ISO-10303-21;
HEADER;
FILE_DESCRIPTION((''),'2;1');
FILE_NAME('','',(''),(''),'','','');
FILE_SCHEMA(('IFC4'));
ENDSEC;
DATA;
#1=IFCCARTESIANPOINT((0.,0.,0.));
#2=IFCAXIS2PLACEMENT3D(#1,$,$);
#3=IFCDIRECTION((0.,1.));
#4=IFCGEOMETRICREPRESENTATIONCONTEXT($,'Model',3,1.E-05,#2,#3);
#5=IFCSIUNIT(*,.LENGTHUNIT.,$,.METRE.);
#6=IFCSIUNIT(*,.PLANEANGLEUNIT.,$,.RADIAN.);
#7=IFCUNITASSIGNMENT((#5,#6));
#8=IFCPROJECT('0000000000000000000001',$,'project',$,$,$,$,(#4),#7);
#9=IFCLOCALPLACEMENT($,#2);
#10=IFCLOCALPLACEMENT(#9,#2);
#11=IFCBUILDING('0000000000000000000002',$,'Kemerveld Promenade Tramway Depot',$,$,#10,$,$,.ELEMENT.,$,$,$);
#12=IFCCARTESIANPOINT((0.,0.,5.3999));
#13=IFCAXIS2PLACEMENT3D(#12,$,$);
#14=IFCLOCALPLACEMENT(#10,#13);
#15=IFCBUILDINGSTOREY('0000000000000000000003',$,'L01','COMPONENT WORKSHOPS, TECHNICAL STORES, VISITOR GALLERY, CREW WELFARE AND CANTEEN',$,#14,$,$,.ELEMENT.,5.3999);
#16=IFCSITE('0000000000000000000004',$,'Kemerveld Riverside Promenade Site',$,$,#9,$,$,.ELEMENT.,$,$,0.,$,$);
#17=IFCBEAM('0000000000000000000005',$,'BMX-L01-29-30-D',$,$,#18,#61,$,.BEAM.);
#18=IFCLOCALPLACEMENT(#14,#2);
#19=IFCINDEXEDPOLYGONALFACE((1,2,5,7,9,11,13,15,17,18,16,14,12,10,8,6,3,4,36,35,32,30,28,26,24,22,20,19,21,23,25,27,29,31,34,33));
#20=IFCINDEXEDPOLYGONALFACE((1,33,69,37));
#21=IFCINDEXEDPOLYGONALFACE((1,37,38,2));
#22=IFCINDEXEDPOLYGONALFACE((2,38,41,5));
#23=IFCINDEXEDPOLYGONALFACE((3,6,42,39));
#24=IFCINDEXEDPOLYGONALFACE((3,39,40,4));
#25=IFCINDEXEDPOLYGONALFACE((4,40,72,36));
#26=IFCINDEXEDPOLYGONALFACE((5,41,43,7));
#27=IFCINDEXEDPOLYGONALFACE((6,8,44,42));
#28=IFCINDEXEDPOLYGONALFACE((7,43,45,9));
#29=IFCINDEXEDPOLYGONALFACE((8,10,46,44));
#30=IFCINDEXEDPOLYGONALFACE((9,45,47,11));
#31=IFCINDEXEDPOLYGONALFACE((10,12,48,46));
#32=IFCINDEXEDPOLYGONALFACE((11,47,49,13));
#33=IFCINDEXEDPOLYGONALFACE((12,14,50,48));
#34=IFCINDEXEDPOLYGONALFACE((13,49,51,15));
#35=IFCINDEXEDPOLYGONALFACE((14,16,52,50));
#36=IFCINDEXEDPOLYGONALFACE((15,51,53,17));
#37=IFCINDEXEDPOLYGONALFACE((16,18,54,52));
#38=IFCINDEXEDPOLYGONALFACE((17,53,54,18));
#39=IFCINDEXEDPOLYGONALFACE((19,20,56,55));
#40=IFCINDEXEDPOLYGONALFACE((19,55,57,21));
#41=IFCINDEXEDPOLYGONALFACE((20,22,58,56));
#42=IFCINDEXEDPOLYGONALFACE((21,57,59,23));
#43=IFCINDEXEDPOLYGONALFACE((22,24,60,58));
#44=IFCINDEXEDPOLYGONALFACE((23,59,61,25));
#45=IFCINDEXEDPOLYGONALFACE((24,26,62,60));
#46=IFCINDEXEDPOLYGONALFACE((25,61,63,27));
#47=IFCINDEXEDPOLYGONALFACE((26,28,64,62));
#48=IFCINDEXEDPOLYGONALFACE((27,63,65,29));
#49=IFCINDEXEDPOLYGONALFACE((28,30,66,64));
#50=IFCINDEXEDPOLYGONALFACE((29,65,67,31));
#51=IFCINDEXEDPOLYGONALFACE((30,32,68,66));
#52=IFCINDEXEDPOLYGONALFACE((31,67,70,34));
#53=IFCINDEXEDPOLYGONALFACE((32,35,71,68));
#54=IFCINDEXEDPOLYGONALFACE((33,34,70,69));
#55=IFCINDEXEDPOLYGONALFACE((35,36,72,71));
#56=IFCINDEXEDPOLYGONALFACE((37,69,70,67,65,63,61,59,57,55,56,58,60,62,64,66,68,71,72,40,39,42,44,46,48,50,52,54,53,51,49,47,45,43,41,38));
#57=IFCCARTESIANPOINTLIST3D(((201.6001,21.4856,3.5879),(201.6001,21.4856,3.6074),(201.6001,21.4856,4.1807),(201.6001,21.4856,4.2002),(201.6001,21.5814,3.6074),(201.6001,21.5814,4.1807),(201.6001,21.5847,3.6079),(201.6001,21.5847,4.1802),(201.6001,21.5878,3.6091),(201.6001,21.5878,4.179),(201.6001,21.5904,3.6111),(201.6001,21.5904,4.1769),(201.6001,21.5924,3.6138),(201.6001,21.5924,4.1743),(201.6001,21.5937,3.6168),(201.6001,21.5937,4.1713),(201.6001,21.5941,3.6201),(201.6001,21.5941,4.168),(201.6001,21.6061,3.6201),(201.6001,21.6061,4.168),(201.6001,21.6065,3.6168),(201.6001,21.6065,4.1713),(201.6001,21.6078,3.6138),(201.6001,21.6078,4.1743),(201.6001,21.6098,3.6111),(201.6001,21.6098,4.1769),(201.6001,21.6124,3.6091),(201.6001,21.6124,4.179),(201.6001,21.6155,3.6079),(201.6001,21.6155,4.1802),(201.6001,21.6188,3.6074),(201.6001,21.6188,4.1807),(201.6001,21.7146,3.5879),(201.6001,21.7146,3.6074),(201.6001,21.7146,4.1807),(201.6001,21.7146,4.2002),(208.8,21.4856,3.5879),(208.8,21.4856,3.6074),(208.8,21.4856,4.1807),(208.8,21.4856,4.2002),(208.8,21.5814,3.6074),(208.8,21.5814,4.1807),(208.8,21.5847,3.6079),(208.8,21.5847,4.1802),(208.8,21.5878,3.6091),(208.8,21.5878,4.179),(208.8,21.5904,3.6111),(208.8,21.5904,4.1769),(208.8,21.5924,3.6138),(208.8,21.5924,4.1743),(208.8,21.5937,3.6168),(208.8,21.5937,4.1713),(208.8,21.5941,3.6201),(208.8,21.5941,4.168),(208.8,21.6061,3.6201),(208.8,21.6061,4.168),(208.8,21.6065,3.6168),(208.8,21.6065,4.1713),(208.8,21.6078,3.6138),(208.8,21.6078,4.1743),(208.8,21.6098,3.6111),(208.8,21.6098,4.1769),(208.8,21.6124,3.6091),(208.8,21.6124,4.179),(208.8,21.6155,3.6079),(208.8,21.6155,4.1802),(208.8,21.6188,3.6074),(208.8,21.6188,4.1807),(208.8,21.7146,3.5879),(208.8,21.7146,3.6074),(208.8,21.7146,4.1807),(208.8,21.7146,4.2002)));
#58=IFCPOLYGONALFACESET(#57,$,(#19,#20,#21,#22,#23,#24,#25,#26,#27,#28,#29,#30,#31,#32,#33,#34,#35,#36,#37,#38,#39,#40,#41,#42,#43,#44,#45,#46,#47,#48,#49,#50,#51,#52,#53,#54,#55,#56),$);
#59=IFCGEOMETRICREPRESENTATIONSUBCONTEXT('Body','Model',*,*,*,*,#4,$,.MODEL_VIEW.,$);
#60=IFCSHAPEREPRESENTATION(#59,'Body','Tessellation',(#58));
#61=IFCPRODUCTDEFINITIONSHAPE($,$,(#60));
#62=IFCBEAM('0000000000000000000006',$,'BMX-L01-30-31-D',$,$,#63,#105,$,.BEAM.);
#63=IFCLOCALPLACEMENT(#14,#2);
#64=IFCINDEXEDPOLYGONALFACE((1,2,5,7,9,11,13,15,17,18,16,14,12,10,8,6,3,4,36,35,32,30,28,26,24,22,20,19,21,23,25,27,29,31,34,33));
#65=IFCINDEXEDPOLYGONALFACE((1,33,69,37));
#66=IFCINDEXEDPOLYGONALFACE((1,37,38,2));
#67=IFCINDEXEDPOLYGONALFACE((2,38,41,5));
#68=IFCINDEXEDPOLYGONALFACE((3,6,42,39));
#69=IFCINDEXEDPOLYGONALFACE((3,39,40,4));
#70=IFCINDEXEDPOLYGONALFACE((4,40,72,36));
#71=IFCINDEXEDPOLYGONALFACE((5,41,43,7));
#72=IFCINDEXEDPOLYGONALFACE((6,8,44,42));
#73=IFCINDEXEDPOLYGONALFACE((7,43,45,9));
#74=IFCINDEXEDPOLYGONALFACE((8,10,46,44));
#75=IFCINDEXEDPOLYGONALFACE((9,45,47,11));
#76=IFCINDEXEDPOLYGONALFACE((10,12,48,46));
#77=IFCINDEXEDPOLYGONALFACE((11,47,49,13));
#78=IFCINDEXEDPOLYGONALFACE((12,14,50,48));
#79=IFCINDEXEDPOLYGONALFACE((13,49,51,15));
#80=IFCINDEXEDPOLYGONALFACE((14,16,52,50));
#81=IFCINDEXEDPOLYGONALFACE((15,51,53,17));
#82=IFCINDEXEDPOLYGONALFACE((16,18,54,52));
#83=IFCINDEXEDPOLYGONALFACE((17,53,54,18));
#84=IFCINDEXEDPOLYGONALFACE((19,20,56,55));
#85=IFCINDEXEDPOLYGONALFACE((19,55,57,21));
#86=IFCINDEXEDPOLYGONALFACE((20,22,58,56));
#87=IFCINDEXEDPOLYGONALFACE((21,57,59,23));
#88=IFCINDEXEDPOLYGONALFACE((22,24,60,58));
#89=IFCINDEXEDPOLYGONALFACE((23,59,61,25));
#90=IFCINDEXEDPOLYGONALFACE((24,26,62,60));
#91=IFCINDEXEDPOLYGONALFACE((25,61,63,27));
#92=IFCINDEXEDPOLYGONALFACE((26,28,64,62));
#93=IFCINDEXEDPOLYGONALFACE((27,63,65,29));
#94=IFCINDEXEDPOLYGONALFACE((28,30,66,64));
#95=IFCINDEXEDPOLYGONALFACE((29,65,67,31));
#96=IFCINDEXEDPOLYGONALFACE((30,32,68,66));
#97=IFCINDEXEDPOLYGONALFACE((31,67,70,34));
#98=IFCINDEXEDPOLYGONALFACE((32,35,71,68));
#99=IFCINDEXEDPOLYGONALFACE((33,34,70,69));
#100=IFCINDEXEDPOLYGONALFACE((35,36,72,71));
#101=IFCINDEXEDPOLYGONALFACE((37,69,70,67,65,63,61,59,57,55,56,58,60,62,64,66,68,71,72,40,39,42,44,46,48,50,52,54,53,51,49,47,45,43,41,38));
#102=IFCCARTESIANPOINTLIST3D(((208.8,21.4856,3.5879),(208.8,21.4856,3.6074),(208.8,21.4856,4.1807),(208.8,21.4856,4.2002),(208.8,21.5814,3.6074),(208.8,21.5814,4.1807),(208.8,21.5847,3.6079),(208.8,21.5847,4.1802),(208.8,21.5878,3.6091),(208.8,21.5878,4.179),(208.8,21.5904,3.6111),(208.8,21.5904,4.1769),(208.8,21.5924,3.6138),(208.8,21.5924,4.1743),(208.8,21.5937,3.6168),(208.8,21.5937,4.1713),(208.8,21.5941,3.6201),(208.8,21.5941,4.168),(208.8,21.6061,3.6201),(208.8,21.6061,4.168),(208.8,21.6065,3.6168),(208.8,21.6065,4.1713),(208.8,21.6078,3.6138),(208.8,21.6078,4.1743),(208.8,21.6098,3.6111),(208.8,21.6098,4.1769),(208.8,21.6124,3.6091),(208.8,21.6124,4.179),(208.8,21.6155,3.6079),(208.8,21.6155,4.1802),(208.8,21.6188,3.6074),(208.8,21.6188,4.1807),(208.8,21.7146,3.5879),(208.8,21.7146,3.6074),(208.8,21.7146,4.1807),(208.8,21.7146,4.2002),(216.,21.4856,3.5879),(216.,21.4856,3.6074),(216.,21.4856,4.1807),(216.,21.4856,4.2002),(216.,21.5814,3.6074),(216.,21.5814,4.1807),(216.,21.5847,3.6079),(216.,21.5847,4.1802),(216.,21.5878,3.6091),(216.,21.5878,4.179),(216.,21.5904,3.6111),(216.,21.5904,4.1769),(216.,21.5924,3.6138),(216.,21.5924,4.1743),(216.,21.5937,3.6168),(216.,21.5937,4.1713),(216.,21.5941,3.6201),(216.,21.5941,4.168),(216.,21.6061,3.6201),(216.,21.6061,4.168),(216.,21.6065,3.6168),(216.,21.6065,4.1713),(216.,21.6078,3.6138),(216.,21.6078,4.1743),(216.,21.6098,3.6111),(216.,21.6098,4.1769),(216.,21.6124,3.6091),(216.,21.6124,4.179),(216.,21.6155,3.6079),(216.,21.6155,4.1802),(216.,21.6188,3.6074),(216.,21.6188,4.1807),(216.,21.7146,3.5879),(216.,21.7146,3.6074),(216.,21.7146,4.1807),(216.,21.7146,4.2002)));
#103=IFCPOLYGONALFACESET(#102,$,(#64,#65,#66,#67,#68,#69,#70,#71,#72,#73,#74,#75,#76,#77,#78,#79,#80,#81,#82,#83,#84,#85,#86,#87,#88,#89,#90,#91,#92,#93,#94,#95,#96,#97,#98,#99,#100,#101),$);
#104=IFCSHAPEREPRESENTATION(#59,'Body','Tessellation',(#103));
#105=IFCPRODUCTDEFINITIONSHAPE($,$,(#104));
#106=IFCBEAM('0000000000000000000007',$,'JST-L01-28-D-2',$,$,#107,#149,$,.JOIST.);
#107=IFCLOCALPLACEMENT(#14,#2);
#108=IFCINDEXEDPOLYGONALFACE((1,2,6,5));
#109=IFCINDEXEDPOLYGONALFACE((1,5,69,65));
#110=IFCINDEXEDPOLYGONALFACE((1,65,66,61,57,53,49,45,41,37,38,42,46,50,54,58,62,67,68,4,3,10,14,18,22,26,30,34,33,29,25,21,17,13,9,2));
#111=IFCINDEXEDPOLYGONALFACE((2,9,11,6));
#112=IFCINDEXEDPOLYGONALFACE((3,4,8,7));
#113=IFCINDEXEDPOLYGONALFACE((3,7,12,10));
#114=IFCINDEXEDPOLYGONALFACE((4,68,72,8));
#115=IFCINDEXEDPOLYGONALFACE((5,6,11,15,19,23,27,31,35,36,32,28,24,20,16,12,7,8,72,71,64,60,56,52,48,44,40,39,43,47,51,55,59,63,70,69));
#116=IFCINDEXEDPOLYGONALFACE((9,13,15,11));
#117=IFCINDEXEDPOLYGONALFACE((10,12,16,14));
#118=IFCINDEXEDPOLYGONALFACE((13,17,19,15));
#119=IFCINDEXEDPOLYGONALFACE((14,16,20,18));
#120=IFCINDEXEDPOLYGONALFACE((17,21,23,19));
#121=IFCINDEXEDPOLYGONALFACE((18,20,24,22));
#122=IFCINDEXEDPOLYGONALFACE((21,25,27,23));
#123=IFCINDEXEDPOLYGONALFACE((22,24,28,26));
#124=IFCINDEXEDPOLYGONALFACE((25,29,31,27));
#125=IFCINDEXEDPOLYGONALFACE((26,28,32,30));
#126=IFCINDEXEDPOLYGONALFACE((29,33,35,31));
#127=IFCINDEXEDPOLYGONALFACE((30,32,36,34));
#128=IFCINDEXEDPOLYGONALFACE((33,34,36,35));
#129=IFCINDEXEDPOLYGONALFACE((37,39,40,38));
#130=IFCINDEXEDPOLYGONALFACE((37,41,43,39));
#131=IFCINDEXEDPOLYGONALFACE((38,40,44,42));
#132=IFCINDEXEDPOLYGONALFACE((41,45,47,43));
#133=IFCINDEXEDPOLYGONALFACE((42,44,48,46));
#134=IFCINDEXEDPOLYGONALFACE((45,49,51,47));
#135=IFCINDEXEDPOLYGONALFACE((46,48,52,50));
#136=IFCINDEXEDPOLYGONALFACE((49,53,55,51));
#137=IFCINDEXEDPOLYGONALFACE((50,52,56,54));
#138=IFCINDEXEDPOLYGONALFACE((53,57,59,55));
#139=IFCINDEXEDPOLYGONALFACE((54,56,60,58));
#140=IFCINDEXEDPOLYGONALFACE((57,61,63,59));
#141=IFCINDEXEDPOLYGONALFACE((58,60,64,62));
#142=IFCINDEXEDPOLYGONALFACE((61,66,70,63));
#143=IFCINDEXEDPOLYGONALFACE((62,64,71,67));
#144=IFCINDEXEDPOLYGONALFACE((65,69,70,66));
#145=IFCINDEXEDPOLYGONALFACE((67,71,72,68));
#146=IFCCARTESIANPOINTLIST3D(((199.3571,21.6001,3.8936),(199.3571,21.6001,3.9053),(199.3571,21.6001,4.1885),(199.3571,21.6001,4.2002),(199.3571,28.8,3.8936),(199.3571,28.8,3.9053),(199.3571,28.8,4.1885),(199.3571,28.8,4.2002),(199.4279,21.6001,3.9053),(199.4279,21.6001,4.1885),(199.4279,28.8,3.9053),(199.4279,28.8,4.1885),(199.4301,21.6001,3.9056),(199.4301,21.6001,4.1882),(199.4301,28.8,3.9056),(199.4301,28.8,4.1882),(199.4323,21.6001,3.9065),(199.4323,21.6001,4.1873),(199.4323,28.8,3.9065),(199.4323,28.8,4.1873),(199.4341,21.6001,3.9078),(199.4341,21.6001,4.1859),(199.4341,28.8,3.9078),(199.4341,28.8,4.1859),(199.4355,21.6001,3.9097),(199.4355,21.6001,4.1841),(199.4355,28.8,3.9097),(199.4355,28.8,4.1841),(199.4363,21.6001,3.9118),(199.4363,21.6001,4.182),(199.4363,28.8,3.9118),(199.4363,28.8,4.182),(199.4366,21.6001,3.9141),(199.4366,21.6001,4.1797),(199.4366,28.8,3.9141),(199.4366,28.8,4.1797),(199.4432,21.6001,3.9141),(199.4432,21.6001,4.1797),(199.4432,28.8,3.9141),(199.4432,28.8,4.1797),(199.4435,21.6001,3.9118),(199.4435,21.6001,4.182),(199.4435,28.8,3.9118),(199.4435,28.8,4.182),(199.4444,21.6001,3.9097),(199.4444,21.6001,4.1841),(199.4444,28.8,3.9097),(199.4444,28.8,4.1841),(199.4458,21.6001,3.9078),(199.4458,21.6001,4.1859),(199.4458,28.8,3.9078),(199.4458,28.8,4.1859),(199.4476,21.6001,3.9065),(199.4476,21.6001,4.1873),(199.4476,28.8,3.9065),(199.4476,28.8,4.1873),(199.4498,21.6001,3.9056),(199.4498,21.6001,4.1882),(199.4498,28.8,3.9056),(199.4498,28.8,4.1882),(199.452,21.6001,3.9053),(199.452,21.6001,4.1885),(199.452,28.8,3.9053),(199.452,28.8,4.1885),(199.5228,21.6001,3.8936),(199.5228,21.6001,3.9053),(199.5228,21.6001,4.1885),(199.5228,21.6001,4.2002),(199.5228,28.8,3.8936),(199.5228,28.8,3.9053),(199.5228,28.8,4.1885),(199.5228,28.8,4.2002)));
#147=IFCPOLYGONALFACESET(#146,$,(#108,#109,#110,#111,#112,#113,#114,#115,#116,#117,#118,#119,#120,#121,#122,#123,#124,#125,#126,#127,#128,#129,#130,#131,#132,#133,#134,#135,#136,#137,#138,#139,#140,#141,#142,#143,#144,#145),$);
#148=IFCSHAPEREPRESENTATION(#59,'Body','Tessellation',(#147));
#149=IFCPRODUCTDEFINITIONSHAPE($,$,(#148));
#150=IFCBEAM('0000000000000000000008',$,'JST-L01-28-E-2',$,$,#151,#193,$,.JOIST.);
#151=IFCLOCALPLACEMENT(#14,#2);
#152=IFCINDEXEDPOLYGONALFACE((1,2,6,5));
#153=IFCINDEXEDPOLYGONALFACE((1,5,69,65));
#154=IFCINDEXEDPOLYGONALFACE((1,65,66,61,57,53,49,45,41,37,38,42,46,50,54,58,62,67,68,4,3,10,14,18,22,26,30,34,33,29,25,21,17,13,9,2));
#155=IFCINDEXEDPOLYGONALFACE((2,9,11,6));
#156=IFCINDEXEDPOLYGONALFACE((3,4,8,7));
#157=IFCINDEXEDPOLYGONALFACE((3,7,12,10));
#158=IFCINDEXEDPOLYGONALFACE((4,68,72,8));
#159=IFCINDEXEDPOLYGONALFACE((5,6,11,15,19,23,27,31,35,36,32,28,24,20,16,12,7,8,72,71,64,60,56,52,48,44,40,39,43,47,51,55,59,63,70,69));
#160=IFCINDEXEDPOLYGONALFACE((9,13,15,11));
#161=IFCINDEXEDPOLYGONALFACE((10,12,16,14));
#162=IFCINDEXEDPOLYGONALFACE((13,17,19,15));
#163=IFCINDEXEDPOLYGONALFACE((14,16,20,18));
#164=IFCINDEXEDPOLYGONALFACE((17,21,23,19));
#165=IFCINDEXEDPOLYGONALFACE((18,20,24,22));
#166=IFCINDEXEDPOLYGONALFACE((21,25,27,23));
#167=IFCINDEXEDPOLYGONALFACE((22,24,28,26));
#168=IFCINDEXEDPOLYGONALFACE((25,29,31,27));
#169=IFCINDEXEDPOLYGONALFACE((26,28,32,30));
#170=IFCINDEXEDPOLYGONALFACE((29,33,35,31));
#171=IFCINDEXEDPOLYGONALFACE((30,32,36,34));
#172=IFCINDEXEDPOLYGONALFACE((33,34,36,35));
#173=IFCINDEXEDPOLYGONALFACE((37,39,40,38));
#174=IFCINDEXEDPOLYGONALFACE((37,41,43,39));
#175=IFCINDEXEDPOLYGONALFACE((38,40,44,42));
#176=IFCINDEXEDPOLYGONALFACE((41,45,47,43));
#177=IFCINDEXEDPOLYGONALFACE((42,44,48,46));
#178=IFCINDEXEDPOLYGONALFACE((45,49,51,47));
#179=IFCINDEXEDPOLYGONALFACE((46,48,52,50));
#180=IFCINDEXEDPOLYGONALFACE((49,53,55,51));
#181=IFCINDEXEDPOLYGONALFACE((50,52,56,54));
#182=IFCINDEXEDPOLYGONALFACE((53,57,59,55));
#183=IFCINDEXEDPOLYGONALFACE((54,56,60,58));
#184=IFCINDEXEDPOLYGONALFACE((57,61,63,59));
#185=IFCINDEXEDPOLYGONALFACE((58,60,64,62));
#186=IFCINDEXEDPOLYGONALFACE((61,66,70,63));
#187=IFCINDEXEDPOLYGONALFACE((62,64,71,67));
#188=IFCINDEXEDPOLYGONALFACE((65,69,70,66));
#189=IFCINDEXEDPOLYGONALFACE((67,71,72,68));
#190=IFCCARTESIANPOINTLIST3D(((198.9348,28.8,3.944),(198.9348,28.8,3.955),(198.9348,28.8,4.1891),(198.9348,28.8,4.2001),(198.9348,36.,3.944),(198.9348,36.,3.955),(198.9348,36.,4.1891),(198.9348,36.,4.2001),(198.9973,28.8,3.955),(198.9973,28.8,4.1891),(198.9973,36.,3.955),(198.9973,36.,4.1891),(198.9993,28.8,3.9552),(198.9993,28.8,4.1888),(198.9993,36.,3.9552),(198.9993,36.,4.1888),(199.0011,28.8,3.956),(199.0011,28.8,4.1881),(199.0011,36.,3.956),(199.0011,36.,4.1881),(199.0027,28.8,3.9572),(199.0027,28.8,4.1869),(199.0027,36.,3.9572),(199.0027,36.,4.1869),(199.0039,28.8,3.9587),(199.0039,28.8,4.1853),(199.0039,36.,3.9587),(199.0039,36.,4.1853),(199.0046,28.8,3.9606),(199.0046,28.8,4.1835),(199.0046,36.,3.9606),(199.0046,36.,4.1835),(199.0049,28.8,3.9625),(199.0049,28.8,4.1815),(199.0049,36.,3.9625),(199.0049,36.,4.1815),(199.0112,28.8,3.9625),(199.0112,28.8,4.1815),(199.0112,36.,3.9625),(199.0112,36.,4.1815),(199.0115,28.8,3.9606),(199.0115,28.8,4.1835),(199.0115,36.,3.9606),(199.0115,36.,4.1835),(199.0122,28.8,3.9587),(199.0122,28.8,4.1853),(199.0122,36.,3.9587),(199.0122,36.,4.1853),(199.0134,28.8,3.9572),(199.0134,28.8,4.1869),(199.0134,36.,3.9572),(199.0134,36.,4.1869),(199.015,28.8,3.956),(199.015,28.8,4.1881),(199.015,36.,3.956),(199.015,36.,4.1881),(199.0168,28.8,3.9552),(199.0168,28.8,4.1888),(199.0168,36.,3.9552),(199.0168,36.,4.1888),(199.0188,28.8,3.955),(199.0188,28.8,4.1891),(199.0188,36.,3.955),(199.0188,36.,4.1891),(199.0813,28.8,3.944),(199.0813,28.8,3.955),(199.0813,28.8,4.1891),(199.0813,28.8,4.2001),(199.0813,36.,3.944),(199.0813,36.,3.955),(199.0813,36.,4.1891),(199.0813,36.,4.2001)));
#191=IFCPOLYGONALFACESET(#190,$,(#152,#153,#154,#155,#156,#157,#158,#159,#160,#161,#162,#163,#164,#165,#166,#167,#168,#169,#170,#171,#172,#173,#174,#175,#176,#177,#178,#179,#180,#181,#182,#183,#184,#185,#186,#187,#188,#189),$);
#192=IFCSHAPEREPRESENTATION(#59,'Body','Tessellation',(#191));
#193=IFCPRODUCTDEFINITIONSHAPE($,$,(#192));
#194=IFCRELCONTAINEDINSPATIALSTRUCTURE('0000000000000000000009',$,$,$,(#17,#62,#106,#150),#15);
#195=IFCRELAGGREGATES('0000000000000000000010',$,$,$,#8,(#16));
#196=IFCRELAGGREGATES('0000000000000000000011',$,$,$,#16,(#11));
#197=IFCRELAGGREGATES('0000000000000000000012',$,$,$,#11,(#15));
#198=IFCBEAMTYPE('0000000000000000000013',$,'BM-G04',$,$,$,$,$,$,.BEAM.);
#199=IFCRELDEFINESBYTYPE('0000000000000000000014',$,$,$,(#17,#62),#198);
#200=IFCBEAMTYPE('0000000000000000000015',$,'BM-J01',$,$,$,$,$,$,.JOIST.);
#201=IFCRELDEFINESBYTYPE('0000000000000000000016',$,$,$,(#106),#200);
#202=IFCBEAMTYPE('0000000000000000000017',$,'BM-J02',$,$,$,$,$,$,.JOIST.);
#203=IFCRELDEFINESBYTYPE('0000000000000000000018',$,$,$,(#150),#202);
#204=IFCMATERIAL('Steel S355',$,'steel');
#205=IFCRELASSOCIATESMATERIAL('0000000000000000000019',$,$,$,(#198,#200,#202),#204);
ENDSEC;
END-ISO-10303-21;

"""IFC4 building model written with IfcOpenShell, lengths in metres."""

from ifc_helpers import new_model, si_unit, direction, frame, origin, origin_2d, place, context, subcontext, project, spatial, i_section, extrude, material, material_profile, profile_set, type_object, element, save


model = new_model("IFC4")

# Units and contexts
model_context = context("Model", 3, precision=1e-05, world=origin(), true_north=direction((0.0, 1.0)))
body_context = subcontext(model_context, "Body", "Model", "MODEL_VIEW")
ifc_project = project(units=[si_unit("LENGTHUNIT", "METRE"), si_unit("PLANEANGLEUNIT", "RADIAN")], contexts=[model_context])

# Site, building, storey
site_placement = place(None, origin())
site = spatial("IfcSite", under=ifc_project, at=site_placement, Name="Kemerveld Riverside Promenade Site", CompositionType="ELEMENT", RefElevation=0.0)
building_placement = place(site_placement, origin())
building = spatial("IfcBuilding", under=site, at=building_placement, Name="Kemerveld Promenade Tramway Depot", CompositionType="ELEMENT")
storey_placement = place(building_placement, frame((0.0, 0.0, 5.3999)))
storey = spatial("IfcBuildingStorey", under=building, at=storey_placement, Name="L01", Description="COMPONENT WORKSHOPS, TECHNICAL STORES, VISITOR GALLERY, CREW WELFARE AND CANTEEN", CompositionType="ELEMENT", Elevation=5.3999)

# Shared definitions
ifc_material_1 = material(Name="Steel S355", Category="steel")

# Beams
ifc_material_profile_1 = material_profile(ifc_material_1, i_section(OverallWidth=0.229, OverallDepth=0.6123, WebThickness=0.012, FlangeThickness=0.0195, FilletRadius=0.0127, at=origin_2d()), Name="610x229x125 UB")
ifc_profile_set_1 = profile_set([ifc_material_profile_1], Name="Steel S355")
beam_type_1 = type_object("IfcBeamType", Name="BM-G04", PredefinedType="BEAM", material=ifc_profile_set_1)
for number, where, z_axis, x_axis, name in (
    (1, (201.6001, 21.6001, 3.894), (1.0, 0.0, 0.0), (0.0, 1.0, 0.0), "BMX-L01-29-30-D"),
    (2, (208.8, 21.6001, 3.894), (1.0, 0.0, 0.0), (0.0, 1.0, 0.0), "BMX-L01-30-31-D"),
):
    element("IfcBeam", number, at=place(storey_placement, frame(where, z_axis=z_axis, x_axis=x_axis)), inside=storey, type_object=beam_type_1, Name=name, PredefinedType="BEAM", context=body_context, shape_type="SweptSolid", body=[
        extrude(i_section(OverallWidth=0.229, OverallDepth=0.6123, WebThickness=0.012, FlangeThickness=0.0195, FilletRadius=0.0127, at=origin_2d()), origin(), (0.0, 0.0, 1.0), 7.2),
    ])
ifc_material_profile_2 = material_profile(ifc_material_1, i_section(OverallWidth=0.1658, OverallDepth=0.3066, WebThickness=0.0066, FlangeThickness=0.0117, FilletRadius=0.0088, at=origin_2d()), Name="305x165x46 UB")
ifc_profile_set_2 = profile_set([ifc_material_profile_2], Name="Steel S355")
beam_type_2 = type_object("IfcBeamType", Name="BM-J01", PredefinedType="JOIST", material=ifc_profile_set_2)
beam_1_placement = place(storey_placement, frame((199.4399, 21.6001, 4.0469), z_axis=(0.0, 1.0, 0.0), x_axis=(-1.0, 0.0, 0.0)))
element("IfcBeam", 3, at=beam_1_placement, inside=storey, type_object=beam_type_2, Name="JST-L01-28-D-2", PredefinedType="JOIST", context=body_context, shape_type="SweptSolid", body=[
    extrude(i_section(OverallWidth=0.1658, OverallDepth=0.3066, WebThickness=0.0066, FlangeThickness=0.0117, FilletRadius=0.0088, at=origin_2d()), origin(), (0.0, 0.0, 1.0), 7.2),
])
ifc_material_profile_3 = material_profile(ifc_material_1, i_section(OverallWidth=0.1465, OverallDepth=0.2561, WebThickness=0.0063, FlangeThickness=0.011, FilletRadius=0.0076, at=origin_2d()), Name="254x146x37 UB")
ifc_profile_set_3 = profile_set([ifc_material_profile_3], Name="Steel S355")
beam_type_3 = type_object("IfcBeamType", Name="BM-J02", PredefinedType="JOIST", material=ifc_profile_set_3)
for number, where, z_axis, x_axis, name in (
    (4, (199.0081, 28.8, 4.072), (0.0, 1.0, 0.0), (-1.0, 0.0, 0.0), "JST-L01-28-E-2"),
):
    element("IfcBeam", number, at=place(storey_placement, frame(where, z_axis=z_axis, x_axis=x_axis)), inside=storey, type_object=beam_type_3, Name=name, PredefinedType="JOIST", context=body_context, shape_type="SweptSolid", body=[
        extrude(i_section(OverallWidth=0.1465, OverallDepth=0.2561, WebThickness=0.0063, FlangeThickness=0.011, FilletRadius=0.0076, at=origin_2d()), origin(), (0.0, 0.0, 1.0), 7.2),
    ])

save(model, "model.ifc")
